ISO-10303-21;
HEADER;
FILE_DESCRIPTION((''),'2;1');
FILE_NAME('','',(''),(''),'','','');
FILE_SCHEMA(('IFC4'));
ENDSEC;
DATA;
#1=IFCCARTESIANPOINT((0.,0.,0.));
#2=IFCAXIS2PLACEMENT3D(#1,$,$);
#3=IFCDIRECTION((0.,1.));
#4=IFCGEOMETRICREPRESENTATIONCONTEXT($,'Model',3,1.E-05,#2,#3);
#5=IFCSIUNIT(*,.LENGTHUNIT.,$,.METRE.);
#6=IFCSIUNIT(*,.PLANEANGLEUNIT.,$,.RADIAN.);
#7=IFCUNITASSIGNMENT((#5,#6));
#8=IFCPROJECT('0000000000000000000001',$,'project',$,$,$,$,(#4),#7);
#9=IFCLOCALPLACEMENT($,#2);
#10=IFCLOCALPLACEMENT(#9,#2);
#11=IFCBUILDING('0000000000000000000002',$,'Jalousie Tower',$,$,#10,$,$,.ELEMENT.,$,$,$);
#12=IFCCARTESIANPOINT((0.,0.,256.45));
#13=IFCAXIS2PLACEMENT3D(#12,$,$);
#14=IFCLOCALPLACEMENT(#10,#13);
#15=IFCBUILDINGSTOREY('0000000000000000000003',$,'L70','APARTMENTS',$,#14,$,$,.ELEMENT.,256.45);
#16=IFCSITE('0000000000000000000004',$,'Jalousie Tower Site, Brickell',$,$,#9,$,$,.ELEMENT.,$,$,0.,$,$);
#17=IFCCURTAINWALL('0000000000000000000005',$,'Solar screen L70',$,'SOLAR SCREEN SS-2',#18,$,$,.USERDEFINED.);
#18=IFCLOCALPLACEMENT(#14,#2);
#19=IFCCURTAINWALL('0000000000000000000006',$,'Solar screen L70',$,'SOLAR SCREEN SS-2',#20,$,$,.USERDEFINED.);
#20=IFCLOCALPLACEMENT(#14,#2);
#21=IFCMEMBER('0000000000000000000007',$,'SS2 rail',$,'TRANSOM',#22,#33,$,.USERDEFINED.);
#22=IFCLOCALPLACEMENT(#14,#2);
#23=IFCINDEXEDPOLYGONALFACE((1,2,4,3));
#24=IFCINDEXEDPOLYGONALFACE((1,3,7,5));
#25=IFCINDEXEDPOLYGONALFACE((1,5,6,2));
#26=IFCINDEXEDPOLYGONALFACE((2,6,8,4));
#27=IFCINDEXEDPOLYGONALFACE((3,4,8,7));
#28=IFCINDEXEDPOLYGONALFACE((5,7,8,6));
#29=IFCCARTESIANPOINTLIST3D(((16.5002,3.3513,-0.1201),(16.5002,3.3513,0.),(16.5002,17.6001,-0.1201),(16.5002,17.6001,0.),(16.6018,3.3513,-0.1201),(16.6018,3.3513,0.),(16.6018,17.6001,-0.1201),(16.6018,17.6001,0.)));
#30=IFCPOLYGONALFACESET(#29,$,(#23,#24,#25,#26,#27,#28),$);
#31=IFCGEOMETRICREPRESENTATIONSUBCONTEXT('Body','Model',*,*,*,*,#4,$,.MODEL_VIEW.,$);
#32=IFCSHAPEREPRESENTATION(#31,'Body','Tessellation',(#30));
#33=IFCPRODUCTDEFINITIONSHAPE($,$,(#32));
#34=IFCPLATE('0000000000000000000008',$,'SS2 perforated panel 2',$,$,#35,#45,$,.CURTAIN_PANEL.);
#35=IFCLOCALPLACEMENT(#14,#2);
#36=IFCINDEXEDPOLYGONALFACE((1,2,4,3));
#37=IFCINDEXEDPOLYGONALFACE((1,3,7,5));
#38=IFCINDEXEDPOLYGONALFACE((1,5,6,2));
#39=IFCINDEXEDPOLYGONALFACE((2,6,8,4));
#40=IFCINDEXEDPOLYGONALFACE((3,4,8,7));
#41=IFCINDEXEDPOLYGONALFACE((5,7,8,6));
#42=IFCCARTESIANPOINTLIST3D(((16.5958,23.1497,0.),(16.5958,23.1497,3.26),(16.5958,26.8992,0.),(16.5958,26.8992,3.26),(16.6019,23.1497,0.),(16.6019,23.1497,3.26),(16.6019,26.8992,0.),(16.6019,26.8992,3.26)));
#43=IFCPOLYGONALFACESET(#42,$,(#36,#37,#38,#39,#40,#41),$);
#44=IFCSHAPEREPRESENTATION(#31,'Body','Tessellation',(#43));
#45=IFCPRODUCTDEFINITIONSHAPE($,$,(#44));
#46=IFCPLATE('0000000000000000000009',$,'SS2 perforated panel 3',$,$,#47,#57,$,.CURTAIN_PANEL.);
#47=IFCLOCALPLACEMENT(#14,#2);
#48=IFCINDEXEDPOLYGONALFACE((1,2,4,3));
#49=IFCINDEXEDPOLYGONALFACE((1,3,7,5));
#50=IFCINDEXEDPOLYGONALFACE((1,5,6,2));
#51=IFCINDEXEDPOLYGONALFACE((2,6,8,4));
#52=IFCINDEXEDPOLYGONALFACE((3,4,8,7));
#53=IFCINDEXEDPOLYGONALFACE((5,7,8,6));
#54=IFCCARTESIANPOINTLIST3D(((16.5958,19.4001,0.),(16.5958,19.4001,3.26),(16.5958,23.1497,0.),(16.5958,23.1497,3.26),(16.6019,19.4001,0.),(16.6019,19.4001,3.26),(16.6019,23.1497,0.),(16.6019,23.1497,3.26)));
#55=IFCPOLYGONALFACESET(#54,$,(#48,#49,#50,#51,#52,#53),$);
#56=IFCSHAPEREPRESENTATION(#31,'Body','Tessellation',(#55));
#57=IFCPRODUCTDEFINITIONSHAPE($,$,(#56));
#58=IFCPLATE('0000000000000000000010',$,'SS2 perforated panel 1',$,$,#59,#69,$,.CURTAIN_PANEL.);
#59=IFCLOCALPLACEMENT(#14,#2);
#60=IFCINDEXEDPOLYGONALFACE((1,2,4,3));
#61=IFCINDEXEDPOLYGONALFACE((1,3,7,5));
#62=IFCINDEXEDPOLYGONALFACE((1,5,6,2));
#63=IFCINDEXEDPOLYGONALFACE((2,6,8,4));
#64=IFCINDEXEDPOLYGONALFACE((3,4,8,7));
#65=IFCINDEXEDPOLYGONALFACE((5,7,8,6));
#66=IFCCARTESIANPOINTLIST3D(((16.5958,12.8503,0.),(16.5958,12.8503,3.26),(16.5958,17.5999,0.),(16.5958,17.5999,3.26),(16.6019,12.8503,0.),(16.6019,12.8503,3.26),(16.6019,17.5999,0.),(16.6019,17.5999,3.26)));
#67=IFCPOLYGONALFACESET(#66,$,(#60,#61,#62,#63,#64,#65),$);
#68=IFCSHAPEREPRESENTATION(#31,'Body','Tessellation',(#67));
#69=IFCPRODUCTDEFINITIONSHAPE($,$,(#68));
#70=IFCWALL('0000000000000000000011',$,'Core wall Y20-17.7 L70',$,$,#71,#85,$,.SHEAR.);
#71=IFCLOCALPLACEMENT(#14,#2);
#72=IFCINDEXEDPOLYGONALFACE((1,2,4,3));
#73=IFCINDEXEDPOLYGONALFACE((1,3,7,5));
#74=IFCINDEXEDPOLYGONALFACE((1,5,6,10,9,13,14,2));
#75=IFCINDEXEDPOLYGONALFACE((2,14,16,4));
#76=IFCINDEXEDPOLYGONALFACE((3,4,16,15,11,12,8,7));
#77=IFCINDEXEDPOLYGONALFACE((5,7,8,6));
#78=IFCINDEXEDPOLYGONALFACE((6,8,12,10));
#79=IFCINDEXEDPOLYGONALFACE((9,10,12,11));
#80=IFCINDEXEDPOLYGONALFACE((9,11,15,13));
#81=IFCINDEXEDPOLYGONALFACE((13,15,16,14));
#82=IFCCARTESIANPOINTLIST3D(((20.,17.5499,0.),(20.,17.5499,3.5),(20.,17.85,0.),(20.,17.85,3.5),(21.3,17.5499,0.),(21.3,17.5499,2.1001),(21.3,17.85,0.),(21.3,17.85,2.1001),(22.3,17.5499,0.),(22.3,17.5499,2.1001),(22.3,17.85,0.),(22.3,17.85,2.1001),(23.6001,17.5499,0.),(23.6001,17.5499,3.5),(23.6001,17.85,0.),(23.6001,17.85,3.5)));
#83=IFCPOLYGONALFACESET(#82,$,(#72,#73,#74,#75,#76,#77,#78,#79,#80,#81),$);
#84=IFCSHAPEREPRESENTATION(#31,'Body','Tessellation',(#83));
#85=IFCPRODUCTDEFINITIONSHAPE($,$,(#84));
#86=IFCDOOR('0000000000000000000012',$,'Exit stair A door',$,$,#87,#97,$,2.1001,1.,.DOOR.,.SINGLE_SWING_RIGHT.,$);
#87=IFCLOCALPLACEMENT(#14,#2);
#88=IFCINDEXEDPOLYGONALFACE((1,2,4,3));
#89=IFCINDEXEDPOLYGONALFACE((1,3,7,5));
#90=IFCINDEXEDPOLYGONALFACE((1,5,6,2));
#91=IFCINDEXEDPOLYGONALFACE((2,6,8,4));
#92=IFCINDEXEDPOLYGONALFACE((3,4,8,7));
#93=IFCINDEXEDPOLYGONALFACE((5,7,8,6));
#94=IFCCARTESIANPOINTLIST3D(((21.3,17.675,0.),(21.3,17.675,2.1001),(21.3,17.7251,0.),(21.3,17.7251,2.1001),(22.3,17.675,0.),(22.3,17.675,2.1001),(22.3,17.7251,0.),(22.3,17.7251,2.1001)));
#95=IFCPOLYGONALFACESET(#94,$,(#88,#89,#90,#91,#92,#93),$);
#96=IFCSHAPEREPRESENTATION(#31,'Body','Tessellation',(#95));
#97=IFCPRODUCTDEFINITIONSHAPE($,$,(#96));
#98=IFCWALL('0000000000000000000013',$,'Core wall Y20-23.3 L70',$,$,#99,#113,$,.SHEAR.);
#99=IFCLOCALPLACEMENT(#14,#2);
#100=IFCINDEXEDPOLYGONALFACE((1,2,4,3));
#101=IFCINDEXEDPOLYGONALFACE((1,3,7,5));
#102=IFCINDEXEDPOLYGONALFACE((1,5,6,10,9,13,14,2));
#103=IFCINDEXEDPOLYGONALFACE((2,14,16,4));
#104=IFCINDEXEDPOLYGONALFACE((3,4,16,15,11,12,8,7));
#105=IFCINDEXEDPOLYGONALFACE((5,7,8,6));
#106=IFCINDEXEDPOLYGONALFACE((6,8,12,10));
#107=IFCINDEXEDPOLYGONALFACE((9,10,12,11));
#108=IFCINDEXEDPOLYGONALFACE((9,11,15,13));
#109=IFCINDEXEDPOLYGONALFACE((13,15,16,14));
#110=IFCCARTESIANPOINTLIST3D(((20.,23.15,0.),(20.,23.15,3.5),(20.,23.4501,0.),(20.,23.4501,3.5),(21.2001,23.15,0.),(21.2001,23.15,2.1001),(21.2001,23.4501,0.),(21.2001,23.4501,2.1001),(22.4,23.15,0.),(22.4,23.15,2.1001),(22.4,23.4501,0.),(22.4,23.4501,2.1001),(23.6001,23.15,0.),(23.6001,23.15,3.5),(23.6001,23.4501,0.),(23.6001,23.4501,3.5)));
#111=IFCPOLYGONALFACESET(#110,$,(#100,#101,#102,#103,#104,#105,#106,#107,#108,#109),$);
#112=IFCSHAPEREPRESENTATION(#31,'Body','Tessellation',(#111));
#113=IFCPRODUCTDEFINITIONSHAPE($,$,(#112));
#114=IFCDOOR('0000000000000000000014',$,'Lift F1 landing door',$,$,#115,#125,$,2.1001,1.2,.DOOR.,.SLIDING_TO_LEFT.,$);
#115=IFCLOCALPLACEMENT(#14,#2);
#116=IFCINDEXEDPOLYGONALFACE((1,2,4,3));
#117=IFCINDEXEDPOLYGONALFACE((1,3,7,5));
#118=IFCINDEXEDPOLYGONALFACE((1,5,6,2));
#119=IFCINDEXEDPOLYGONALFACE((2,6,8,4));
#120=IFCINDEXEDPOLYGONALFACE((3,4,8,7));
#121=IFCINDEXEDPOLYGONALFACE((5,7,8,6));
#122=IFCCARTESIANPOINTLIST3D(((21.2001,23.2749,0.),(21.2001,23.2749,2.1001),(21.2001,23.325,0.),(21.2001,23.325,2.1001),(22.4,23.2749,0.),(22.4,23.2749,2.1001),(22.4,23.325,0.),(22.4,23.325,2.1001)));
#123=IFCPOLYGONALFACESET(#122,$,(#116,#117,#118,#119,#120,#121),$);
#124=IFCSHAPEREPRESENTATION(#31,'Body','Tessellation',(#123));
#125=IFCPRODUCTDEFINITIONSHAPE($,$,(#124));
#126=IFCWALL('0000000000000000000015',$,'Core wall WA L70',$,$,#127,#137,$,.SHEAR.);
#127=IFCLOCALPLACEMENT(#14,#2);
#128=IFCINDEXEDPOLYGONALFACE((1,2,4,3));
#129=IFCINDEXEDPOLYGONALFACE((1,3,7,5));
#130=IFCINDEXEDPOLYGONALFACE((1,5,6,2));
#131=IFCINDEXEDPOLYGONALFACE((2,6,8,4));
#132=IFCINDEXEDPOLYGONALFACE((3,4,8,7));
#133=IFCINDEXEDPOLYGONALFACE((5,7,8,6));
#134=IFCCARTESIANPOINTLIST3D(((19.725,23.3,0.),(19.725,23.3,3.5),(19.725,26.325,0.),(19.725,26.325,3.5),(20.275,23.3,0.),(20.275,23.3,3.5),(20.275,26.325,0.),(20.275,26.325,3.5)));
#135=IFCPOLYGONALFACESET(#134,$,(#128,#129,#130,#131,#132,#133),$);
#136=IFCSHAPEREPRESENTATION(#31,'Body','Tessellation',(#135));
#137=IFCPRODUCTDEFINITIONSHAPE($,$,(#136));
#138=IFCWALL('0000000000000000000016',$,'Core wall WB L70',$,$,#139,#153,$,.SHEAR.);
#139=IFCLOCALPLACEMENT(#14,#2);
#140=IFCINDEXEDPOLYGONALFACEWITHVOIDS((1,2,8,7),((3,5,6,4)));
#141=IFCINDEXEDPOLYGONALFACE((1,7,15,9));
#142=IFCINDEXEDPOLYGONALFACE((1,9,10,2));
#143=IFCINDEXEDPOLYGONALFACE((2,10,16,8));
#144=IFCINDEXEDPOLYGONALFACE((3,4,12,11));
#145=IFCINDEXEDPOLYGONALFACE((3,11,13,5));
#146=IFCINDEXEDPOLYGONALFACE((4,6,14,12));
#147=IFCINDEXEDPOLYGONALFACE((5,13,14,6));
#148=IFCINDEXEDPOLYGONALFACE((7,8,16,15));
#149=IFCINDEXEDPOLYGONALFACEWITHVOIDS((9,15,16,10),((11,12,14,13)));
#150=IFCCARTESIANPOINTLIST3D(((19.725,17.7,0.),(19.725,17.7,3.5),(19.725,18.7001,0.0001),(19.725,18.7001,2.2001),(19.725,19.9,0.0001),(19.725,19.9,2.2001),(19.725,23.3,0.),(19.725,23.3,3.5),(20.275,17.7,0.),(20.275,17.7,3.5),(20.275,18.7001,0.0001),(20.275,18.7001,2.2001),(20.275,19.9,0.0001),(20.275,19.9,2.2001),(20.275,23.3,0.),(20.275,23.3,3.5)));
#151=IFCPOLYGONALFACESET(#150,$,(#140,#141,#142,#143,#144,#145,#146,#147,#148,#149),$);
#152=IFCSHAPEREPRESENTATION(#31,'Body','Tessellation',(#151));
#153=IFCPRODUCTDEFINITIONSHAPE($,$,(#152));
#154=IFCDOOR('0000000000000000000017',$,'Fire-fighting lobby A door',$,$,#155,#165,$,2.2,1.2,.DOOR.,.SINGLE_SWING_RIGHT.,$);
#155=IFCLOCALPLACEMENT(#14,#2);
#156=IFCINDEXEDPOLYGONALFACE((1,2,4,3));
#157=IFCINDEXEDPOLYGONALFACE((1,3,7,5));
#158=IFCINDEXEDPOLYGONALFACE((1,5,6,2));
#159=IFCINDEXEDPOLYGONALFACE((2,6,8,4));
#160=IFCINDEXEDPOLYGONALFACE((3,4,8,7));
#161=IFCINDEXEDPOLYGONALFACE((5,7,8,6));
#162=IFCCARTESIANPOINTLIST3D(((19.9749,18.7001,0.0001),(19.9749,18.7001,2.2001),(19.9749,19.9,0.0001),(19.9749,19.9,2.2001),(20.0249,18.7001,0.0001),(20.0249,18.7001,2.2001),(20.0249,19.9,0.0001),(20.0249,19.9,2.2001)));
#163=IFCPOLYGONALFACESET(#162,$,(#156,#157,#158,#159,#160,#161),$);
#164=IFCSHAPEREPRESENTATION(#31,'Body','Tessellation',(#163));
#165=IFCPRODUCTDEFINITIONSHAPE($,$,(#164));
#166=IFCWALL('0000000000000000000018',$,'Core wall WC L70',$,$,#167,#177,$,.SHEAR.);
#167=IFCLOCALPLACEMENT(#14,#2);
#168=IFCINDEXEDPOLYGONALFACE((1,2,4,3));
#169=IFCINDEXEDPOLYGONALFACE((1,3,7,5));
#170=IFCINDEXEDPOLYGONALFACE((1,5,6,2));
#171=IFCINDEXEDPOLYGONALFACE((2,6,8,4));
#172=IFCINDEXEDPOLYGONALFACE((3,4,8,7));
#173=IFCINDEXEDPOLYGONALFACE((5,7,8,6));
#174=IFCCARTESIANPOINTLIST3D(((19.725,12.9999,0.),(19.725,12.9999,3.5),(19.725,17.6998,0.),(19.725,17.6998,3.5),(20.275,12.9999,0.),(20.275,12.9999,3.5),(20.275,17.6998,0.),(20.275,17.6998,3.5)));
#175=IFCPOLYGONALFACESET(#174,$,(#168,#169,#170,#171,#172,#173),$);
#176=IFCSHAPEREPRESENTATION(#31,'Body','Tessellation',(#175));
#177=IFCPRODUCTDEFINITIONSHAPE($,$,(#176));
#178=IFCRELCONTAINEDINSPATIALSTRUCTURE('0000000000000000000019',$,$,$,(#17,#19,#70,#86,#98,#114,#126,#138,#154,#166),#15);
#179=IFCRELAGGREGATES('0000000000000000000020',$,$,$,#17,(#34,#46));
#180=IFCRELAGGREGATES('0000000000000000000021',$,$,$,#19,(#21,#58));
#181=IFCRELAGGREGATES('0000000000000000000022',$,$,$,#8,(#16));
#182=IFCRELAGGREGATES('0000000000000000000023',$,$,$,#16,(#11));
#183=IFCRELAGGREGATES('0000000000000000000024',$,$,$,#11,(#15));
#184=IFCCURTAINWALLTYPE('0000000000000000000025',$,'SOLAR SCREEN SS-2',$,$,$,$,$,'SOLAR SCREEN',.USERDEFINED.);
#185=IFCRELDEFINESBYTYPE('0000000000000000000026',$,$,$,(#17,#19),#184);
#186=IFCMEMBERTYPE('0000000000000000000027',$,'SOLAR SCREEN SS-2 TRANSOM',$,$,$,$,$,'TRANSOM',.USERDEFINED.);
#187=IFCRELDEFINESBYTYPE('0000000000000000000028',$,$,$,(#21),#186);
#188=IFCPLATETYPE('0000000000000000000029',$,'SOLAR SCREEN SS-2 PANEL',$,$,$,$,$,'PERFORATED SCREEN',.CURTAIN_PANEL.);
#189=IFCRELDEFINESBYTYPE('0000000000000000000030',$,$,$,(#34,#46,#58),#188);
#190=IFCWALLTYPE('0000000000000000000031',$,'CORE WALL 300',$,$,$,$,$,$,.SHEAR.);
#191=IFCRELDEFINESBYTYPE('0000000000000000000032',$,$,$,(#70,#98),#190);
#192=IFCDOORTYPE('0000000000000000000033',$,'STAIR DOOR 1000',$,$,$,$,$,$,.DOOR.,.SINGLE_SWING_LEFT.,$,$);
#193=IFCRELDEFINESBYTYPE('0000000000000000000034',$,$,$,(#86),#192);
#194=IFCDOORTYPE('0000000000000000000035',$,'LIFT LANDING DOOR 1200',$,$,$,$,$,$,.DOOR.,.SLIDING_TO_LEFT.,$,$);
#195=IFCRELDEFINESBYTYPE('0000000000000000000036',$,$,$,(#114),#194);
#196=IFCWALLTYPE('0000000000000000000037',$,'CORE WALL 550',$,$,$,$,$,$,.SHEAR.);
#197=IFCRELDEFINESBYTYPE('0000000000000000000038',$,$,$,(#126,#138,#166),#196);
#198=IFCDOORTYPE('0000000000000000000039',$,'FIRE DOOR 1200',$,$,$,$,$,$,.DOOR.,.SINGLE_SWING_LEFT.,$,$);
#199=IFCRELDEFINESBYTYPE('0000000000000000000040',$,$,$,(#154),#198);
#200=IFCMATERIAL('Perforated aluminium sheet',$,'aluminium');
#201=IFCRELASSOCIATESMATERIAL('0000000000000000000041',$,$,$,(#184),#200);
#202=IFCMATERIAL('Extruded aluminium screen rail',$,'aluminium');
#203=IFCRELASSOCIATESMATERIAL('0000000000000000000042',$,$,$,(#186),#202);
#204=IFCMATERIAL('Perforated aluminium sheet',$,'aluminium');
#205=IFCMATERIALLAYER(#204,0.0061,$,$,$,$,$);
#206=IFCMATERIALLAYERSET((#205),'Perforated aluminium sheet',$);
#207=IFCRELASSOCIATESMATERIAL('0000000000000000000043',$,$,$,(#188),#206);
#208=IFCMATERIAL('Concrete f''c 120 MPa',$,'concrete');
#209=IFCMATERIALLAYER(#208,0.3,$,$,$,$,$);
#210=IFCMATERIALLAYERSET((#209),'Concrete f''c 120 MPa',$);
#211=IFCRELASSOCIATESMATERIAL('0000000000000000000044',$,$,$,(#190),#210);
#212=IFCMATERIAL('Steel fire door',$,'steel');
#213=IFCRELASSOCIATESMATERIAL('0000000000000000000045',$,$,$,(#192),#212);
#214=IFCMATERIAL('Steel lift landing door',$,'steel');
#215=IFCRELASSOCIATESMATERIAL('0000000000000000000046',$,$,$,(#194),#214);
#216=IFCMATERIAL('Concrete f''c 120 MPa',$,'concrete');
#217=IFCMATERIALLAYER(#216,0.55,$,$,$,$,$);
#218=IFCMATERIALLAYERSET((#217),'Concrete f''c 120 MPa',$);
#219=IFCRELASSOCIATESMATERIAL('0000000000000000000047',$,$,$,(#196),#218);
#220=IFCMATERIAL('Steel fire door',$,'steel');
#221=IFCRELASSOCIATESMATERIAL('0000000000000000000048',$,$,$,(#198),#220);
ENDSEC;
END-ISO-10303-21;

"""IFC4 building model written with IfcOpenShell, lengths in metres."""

from ifc_helpers import new_model, si_unit, direction, frame, frame_2d, origin, origin_2d, place, context, subcontext, project, spatial, rectangle, extrude, material, layer, layer_set, material_profile, profile_set, type_object, element, fill, aggregate, save


model = new_model("IFC4")

# Units and contexts
model_context = context("Model", 3, precision=1e-05, world=origin(), true_north=direction((0.0, 1.0)))
body_context = subcontext(model_context, "Body", "Model", "MODEL_VIEW")
ifc_project = project(units=[si_unit("LENGTHUNIT", "METRE"), si_unit("PLANEANGLEUNIT", "RADIAN")], contexts=[model_context])

# Site, building, storey
site_placement = place(None, origin())
site = spatial("IfcSite", under=ifc_project, at=site_placement, Name="Jalousie Tower Site, Brickell", CompositionType="ELEMENT", RefElevation=0.0)
building_placement = place(site_placement, origin())
building = spatial("IfcBuilding", under=site, at=building_placement, Name="Jalousie Tower", CompositionType="ELEMENT")
storey_placement = place(building_placement, frame((0.0, 0.0, 256.45)))
storey = spatial("IfcBuildingStorey", under=building, at=storey_placement, Name="L70", Description="APARTMENTS", CompositionType="ELEMENT", Elevation=256.45)

# Curtain walls, member
ifc_material_1 = material(Name="Perforated aluminium sheet", Category="aluminium")
curtain_wall_type = type_object("IfcCurtainWallType", Name="SOLAR SCREEN SS-2", ElementType="SOLAR SCREEN", PredefinedType="USERDEFINED", material=ifc_material_1)
curtain_wall_1_placement = place(storey_placement, origin())
curtain_wall_1 = element("IfcCurtainWall", 1, at=curtain_wall_1_placement, inside=storey, type_object=curtain_wall_type, Name="Solar screen L70", ObjectType="SOLAR SCREEN SS-2", PredefinedType="USERDEFINED")
curtain_wall_2_placement = place(storey_placement, origin())
curtain_wall_2 = element("IfcCurtainWall", 2, at=curtain_wall_2_placement, inside=storey, type_object=curtain_wall_type, Name="Solar screen L70", ObjectType="SOLAR SCREEN SS-2", PredefinedType="USERDEFINED")
ifc_material_2 = material(Name="Extruded aluminium screen rail", Category="aluminium")
ifc_material_profile_1 = material_profile(ifc_material_2, rectangle(XDim=0.1016, YDim=0.1201, at=origin_2d()), Name="RAIL 102x120")
ifc_profile_set_1 = profile_set([ifc_material_profile_1], Name="Extruded aluminium screen rail")
member_type_1 = type_object("IfcMemberType", Name="SOLAR SCREEN SS-2 TRANSOM", ElementType="TRANSOM", PredefinedType="USERDEFINED", material=ifc_profile_set_1)
member_1_placement = place(storey_placement, frame((16.551, 17.6001, -0.0601), z_axis=(0.0, -1.0, 0.0), x_axis=(1.0, 0.0, 0.0)))
member_1 = element("IfcMember", 3, at=member_1_placement, type_object=member_type_1, Name="SS2 rail", ObjectType="TRANSOM", PredefinedType="USERDEFINED", context=body_context, shape_type="SweptSolid", body=[
    extrude(rectangle(XDim=0.1016, YDim=0.1201, at=origin_2d()), origin(), (0.0, 0.0, 1.0), 14.2488),
])

# Plates
ifc_material_3 = material(Name="Perforated aluminium sheet", Category="aluminium")
ifc_layer_1 = layer(ifc_material_3, 0.0061)
ifc_layer_set_1 = layer_set([ifc_layer_1], Name="Perforated aluminium sheet")
plate_type = type_object("IfcPlateType", Name="SOLAR SCREEN SS-2 PANEL", ElementType="PERFORATED SCREEN", PredefinedType="CURTAIN_PANEL", material=ifc_layer_set_1)
plate_1_placement = place(storey_placement, frame((16.5989, 25.0244, 0.0), z_axis=(0.0, 0.0, 1.0), x_axis=(0.0, -1.0, 0.0)))
plate_1 = element("IfcPlate", 4, at=plate_1_placement, type_object=plate_type, Name="SS2 perforated panel 2", PredefinedType="CURTAIN_PANEL", context=body_context, shape_type="SweptSolid", body=[
    extrude(rectangle(XDim=3.7495, YDim=0.0061, at=origin_2d()), origin(), (0.0, 0.0, 1.0), 3.26),
])
plate_2_placement = place(storey_placement, frame((16.5989, 21.2749, 0.0), z_axis=(0.0, 0.0, 1.0), x_axis=(0.0, -1.0, 0.0)))
plate_2 = element("IfcPlate", 5, at=plate_2_placement, type_object=plate_type, Name="SS2 perforated panel 3", PredefinedType="CURTAIN_PANEL", context=body_context, shape_type="SweptSolid", body=[
    extrude(rectangle(XDim=3.7495, YDim=0.0061, at=origin_2d()), origin(), (0.0, 0.0, 1.0), 3.26),
])
aggregate(curtain_wall_1, [plate_1, plate_2])
plate_3_placement = place(storey_placement, frame((16.5989, 15.2251, 0.0), z_axis=(0.0, 0.0, 1.0), x_axis=(0.0, -1.0, 0.0)))
plate_3 = element("IfcPlate", 6, at=plate_3_placement, type_object=plate_type, Name="SS2 perforated panel 1", PredefinedType="CURTAIN_PANEL", context=body_context, shape_type="SweptSolid", body=[
    extrude(rectangle(XDim=4.7495, YDim=0.0061, at=origin_2d()), origin(), (0.0, 0.0, 1.0), 3.26),
])
aggregate(curtain_wall_2, [member_1, plate_3])

# Walls, openings, doors
ifc_material_4 = material(Name="Concrete f'c 120 MPa", Category="concrete")
ifc_layer_2 = layer(ifc_material_4, 0.3)
ifc_layer_set_2 = layer_set([ifc_layer_2], Name="Concrete f'c 120 MPa")
wall_type_1 = type_object("IfcWallType", Name="CORE WALL 300", PredefinedType="SHEAR", material=ifc_layer_set_2)
wall_1_placement = place(storey_placement, frame((20.0, 17.7, 0.0), z_axis=(0.0, 0.0, 1.0), x_axis=(1.0, 0.0, 0.0)))
wall_1 = element("IfcWall", 7, at=wall_1_placement, inside=storey, type_object=wall_type_1, Name="Core wall Y20-17.7 L70", PredefinedType="SHEAR", context=body_context, shape_type="SweptSolid", body=[
    extrude(rectangle(XDim=3.6001, YDim=0.3, at=frame_2d((1.8, 0.0))), origin(), (0.0, 0.0, 1.0), 3.5),
])
opening_1_placement = place(wall_1_placement, frame((1.3, 0.0, 0.0)))
opening_1 = element("IfcOpeningElement", 8, at=opening_1_placement, cuts=wall_1, PredefinedType="OPENING", context=body_context, shape_type="SweptSolid", body=[
    extrude(rectangle(XDim=1.0, YDim=2.1001, at=frame_2d((0.5, 1.05))), frame((0.0, 0.1599, 0.0), z_axis=(0.0, -1.0, 0.0), x_axis=(1.0, 0.0, 0.0)), (0.0, 0.0, 1.0), 0.3201),
])
ifc_material_5 = material(Name="Steel fire door", Category="steel")
door_type_1 = type_object("IfcDoorType", Name="STAIR DOOR 1000", OperationType="SINGLE_SWING_LEFT", PredefinedType="DOOR", material=ifc_material_5)
door_1_placement = place(opening_1_placement, frame((1.0, 0.0, 0.0), z_axis=(0.0, 0.0, 1.0), x_axis=(-1.0, 0.0, 0.0)))
door_1 = element("IfcDoor", 9, at=door_1_placement, inside=storey, type_object=door_type_1, Name="Exit stair A door", OperationType="SINGLE_SWING_RIGHT", OverallHeight=2.1001, OverallWidth=1.0, PredefinedType="DOOR", context=body_context, shape_type="SweptSolid", body=[
    extrude(rectangle(XDim=1.0, YDim=2.1001, at=frame_2d((0.5, 1.05))), frame((0.0, 0.0249, 0.0), z_axis=(0.0, -1.0, 0.0), x_axis=(1.0, 0.0, 0.0)), (0.0, 0.0, 1.0), 0.05),
])
fill(opening_1, door_1)
wall_2_placement = place(storey_placement, frame((20.0, 23.3, 0.0), z_axis=(0.0, 0.0, 1.0), x_axis=(1.0, 0.0, 0.0)))
wall_2 = element("IfcWall", 10, at=wall_2_placement, inside=storey, type_object=wall_type_1, Name="Core wall Y20-23.3 L70", PredefinedType="SHEAR", context=body_context, shape_type="SweptSolid", body=[
    extrude(rectangle(XDim=3.6001, YDim=0.3, at=frame_2d((1.8, 0.0))), origin(), (0.0, 0.0, 1.0), 3.5),
])
opening_2_placement = place(wall_2_placement, frame((1.2, 0.0, 0.0)))
opening_2 = element("IfcOpeningElement", 11, at=opening_2_placement, cuts=wall_2, PredefinedType="OPENING", context=body_context, shape_type="SweptSolid", body=[
    extrude(rectangle(XDim=1.2, YDim=2.1001, at=frame_2d((0.6001, 1.05))), frame((0.0, 0.1599, 0.0), z_axis=(0.0, -1.0, 0.0), x_axis=(1.0, 0.0, 0.0)), (0.0, 0.0, 1.0), 0.3201),
])
ifc_material_6 = material(Name="Steel lift landing door", Category="steel")
door_type_2 = type_object("IfcDoorType", Name="LIFT LANDING DOOR 1200", OperationType="SLIDING_TO_LEFT", PredefinedType="DOOR", material=ifc_material_6)
door_2_placement = place(opening_2_placement, origin())
door_2 = element("IfcDoor", 12, at=door_2_placement, inside=storey, type_object=door_type_2, Name="Lift F1 landing door", OperationType="SLIDING_TO_LEFT", OverallHeight=2.1001, OverallWidth=1.2, PredefinedType="DOOR", context=body_context, shape_type="SweptSolid", body=[
    extrude(rectangle(XDim=1.2, YDim=2.1001, at=frame_2d((0.6001, 1.05))), frame((0.0, 0.0249, 0.0), z_axis=(0.0, -1.0, 0.0), x_axis=(1.0, 0.0, 0.0)), (0.0, 0.0, 1.0), 0.05),
])
fill(opening_2, door_2)

# Wall
ifc_material_7 = material(Name="Concrete f'c 120 MPa", Category="concrete")
ifc_layer_3 = layer(ifc_material_7, 0.55)
ifc_layer_set_3 = layer_set([ifc_layer_3], Name="Concrete f'c 120 MPa")
wall_type_2 = type_object("IfcWallType", Name="CORE WALL 550", PredefinedType="SHEAR", material=ifc_layer_set_3)
wall_3_placement = place(storey_placement, frame((20.0, 26.325, 0.0), z_axis=(0.0, 0.0, 1.0), x_axis=(0.0, -1.0, 0.0)))
element("IfcWall", 13, at=wall_3_placement, inside=storey, type_object=wall_type_2, Name="Core wall WA L70", PredefinedType="SHEAR", context=body_context, shape_type="SweptSolid", body=[
    extrude(rectangle(XDim=3.0249, YDim=0.55, at=frame_2d((1.5125, 0.0))), origin(), (0.0, 0.0, 1.0), 3.5),
])

# Wall, opening, door
wall_4_placement = place(storey_placement, frame((20.0, 23.3, 0.0), z_axis=(0.0, 0.0, 1.0), x_axis=(0.0, -1.0, 0.0)))
wall_4 = element("IfcWall", 14, at=wall_4_placement, inside=storey, type_object=wall_type_2, Name="Core wall WB L70", PredefinedType="SHEAR", context=body_context, shape_type="SweptSolid", body=[
    extrude(rectangle(XDim=5.6001, YDim=0.55, at=frame_2d((2.8, 0.0))), origin(), (0.0, 0.0, 1.0), 3.5),
])
opening_3_placement = place(wall_4_placement, frame((3.3999, 0.0, 0.0)))
opening_3 = element("IfcOpeningElement", 15, at=opening_3_placement, cuts=wall_4, PredefinedType="OPENING", context=body_context, shape_type="SweptSolid", body=[
    extrude(rectangle(XDim=1.2, YDim=2.2, at=frame_2d((0.6001, 1.1001))), frame((0.0, 0.2849, 0.0), z_axis=(0.0, -1.0, 0.0), x_axis=(1.0, 0.0, 0.0)), (0.0, 0.0, 1.0), 0.5701),
])
ifc_material_8 = material(Name="Steel fire door", Category="steel")
door_type_3 = type_object("IfcDoorType", Name="FIRE DOOR 1200", OperationType="SINGLE_SWING_LEFT", PredefinedType="DOOR", material=ifc_material_8)
door_3_placement = place(opening_3_placement, origin())
door_3 = element("IfcDoor", 16, at=door_3_placement, inside=storey, type_object=door_type_3, Name="Fire-fighting lobby A door", OperationType="SINGLE_SWING_RIGHT", OverallHeight=2.2, OverallWidth=1.2, PredefinedType="DOOR", context=body_context, shape_type="SweptSolid", body=[
    extrude(rectangle(XDim=1.2, YDim=2.2, at=frame_2d((0.6001, 1.1001))), frame((0.0, 0.0249, 0.0), z_axis=(0.0, -1.0, 0.0), x_axis=(1.0, 0.0, 0.0)), (0.0, 0.0, 1.0), 0.05),
])
fill(opening_3, door_3)

# Wall
wall_5_placement = place(storey_placement, frame((20.0, 17.7, 0.0), z_axis=(0.0, 0.0, 1.0), x_axis=(0.0, -1.0, 0.0)))
element("IfcWall", 17, at=wall_5_placement, inside=storey, type_object=wall_type_2, Name="Core wall WC L70", PredefinedType="SHEAR", context=body_context, shape_type="SweptSolid", body=[
    extrude(rectangle(XDim=4.7, YDim=0.55, at=frame_2d((2.3501, 0.0))), origin(), (0.0, 0.0, 1.0), 3.5),
])

save(model, "model.ifc")
